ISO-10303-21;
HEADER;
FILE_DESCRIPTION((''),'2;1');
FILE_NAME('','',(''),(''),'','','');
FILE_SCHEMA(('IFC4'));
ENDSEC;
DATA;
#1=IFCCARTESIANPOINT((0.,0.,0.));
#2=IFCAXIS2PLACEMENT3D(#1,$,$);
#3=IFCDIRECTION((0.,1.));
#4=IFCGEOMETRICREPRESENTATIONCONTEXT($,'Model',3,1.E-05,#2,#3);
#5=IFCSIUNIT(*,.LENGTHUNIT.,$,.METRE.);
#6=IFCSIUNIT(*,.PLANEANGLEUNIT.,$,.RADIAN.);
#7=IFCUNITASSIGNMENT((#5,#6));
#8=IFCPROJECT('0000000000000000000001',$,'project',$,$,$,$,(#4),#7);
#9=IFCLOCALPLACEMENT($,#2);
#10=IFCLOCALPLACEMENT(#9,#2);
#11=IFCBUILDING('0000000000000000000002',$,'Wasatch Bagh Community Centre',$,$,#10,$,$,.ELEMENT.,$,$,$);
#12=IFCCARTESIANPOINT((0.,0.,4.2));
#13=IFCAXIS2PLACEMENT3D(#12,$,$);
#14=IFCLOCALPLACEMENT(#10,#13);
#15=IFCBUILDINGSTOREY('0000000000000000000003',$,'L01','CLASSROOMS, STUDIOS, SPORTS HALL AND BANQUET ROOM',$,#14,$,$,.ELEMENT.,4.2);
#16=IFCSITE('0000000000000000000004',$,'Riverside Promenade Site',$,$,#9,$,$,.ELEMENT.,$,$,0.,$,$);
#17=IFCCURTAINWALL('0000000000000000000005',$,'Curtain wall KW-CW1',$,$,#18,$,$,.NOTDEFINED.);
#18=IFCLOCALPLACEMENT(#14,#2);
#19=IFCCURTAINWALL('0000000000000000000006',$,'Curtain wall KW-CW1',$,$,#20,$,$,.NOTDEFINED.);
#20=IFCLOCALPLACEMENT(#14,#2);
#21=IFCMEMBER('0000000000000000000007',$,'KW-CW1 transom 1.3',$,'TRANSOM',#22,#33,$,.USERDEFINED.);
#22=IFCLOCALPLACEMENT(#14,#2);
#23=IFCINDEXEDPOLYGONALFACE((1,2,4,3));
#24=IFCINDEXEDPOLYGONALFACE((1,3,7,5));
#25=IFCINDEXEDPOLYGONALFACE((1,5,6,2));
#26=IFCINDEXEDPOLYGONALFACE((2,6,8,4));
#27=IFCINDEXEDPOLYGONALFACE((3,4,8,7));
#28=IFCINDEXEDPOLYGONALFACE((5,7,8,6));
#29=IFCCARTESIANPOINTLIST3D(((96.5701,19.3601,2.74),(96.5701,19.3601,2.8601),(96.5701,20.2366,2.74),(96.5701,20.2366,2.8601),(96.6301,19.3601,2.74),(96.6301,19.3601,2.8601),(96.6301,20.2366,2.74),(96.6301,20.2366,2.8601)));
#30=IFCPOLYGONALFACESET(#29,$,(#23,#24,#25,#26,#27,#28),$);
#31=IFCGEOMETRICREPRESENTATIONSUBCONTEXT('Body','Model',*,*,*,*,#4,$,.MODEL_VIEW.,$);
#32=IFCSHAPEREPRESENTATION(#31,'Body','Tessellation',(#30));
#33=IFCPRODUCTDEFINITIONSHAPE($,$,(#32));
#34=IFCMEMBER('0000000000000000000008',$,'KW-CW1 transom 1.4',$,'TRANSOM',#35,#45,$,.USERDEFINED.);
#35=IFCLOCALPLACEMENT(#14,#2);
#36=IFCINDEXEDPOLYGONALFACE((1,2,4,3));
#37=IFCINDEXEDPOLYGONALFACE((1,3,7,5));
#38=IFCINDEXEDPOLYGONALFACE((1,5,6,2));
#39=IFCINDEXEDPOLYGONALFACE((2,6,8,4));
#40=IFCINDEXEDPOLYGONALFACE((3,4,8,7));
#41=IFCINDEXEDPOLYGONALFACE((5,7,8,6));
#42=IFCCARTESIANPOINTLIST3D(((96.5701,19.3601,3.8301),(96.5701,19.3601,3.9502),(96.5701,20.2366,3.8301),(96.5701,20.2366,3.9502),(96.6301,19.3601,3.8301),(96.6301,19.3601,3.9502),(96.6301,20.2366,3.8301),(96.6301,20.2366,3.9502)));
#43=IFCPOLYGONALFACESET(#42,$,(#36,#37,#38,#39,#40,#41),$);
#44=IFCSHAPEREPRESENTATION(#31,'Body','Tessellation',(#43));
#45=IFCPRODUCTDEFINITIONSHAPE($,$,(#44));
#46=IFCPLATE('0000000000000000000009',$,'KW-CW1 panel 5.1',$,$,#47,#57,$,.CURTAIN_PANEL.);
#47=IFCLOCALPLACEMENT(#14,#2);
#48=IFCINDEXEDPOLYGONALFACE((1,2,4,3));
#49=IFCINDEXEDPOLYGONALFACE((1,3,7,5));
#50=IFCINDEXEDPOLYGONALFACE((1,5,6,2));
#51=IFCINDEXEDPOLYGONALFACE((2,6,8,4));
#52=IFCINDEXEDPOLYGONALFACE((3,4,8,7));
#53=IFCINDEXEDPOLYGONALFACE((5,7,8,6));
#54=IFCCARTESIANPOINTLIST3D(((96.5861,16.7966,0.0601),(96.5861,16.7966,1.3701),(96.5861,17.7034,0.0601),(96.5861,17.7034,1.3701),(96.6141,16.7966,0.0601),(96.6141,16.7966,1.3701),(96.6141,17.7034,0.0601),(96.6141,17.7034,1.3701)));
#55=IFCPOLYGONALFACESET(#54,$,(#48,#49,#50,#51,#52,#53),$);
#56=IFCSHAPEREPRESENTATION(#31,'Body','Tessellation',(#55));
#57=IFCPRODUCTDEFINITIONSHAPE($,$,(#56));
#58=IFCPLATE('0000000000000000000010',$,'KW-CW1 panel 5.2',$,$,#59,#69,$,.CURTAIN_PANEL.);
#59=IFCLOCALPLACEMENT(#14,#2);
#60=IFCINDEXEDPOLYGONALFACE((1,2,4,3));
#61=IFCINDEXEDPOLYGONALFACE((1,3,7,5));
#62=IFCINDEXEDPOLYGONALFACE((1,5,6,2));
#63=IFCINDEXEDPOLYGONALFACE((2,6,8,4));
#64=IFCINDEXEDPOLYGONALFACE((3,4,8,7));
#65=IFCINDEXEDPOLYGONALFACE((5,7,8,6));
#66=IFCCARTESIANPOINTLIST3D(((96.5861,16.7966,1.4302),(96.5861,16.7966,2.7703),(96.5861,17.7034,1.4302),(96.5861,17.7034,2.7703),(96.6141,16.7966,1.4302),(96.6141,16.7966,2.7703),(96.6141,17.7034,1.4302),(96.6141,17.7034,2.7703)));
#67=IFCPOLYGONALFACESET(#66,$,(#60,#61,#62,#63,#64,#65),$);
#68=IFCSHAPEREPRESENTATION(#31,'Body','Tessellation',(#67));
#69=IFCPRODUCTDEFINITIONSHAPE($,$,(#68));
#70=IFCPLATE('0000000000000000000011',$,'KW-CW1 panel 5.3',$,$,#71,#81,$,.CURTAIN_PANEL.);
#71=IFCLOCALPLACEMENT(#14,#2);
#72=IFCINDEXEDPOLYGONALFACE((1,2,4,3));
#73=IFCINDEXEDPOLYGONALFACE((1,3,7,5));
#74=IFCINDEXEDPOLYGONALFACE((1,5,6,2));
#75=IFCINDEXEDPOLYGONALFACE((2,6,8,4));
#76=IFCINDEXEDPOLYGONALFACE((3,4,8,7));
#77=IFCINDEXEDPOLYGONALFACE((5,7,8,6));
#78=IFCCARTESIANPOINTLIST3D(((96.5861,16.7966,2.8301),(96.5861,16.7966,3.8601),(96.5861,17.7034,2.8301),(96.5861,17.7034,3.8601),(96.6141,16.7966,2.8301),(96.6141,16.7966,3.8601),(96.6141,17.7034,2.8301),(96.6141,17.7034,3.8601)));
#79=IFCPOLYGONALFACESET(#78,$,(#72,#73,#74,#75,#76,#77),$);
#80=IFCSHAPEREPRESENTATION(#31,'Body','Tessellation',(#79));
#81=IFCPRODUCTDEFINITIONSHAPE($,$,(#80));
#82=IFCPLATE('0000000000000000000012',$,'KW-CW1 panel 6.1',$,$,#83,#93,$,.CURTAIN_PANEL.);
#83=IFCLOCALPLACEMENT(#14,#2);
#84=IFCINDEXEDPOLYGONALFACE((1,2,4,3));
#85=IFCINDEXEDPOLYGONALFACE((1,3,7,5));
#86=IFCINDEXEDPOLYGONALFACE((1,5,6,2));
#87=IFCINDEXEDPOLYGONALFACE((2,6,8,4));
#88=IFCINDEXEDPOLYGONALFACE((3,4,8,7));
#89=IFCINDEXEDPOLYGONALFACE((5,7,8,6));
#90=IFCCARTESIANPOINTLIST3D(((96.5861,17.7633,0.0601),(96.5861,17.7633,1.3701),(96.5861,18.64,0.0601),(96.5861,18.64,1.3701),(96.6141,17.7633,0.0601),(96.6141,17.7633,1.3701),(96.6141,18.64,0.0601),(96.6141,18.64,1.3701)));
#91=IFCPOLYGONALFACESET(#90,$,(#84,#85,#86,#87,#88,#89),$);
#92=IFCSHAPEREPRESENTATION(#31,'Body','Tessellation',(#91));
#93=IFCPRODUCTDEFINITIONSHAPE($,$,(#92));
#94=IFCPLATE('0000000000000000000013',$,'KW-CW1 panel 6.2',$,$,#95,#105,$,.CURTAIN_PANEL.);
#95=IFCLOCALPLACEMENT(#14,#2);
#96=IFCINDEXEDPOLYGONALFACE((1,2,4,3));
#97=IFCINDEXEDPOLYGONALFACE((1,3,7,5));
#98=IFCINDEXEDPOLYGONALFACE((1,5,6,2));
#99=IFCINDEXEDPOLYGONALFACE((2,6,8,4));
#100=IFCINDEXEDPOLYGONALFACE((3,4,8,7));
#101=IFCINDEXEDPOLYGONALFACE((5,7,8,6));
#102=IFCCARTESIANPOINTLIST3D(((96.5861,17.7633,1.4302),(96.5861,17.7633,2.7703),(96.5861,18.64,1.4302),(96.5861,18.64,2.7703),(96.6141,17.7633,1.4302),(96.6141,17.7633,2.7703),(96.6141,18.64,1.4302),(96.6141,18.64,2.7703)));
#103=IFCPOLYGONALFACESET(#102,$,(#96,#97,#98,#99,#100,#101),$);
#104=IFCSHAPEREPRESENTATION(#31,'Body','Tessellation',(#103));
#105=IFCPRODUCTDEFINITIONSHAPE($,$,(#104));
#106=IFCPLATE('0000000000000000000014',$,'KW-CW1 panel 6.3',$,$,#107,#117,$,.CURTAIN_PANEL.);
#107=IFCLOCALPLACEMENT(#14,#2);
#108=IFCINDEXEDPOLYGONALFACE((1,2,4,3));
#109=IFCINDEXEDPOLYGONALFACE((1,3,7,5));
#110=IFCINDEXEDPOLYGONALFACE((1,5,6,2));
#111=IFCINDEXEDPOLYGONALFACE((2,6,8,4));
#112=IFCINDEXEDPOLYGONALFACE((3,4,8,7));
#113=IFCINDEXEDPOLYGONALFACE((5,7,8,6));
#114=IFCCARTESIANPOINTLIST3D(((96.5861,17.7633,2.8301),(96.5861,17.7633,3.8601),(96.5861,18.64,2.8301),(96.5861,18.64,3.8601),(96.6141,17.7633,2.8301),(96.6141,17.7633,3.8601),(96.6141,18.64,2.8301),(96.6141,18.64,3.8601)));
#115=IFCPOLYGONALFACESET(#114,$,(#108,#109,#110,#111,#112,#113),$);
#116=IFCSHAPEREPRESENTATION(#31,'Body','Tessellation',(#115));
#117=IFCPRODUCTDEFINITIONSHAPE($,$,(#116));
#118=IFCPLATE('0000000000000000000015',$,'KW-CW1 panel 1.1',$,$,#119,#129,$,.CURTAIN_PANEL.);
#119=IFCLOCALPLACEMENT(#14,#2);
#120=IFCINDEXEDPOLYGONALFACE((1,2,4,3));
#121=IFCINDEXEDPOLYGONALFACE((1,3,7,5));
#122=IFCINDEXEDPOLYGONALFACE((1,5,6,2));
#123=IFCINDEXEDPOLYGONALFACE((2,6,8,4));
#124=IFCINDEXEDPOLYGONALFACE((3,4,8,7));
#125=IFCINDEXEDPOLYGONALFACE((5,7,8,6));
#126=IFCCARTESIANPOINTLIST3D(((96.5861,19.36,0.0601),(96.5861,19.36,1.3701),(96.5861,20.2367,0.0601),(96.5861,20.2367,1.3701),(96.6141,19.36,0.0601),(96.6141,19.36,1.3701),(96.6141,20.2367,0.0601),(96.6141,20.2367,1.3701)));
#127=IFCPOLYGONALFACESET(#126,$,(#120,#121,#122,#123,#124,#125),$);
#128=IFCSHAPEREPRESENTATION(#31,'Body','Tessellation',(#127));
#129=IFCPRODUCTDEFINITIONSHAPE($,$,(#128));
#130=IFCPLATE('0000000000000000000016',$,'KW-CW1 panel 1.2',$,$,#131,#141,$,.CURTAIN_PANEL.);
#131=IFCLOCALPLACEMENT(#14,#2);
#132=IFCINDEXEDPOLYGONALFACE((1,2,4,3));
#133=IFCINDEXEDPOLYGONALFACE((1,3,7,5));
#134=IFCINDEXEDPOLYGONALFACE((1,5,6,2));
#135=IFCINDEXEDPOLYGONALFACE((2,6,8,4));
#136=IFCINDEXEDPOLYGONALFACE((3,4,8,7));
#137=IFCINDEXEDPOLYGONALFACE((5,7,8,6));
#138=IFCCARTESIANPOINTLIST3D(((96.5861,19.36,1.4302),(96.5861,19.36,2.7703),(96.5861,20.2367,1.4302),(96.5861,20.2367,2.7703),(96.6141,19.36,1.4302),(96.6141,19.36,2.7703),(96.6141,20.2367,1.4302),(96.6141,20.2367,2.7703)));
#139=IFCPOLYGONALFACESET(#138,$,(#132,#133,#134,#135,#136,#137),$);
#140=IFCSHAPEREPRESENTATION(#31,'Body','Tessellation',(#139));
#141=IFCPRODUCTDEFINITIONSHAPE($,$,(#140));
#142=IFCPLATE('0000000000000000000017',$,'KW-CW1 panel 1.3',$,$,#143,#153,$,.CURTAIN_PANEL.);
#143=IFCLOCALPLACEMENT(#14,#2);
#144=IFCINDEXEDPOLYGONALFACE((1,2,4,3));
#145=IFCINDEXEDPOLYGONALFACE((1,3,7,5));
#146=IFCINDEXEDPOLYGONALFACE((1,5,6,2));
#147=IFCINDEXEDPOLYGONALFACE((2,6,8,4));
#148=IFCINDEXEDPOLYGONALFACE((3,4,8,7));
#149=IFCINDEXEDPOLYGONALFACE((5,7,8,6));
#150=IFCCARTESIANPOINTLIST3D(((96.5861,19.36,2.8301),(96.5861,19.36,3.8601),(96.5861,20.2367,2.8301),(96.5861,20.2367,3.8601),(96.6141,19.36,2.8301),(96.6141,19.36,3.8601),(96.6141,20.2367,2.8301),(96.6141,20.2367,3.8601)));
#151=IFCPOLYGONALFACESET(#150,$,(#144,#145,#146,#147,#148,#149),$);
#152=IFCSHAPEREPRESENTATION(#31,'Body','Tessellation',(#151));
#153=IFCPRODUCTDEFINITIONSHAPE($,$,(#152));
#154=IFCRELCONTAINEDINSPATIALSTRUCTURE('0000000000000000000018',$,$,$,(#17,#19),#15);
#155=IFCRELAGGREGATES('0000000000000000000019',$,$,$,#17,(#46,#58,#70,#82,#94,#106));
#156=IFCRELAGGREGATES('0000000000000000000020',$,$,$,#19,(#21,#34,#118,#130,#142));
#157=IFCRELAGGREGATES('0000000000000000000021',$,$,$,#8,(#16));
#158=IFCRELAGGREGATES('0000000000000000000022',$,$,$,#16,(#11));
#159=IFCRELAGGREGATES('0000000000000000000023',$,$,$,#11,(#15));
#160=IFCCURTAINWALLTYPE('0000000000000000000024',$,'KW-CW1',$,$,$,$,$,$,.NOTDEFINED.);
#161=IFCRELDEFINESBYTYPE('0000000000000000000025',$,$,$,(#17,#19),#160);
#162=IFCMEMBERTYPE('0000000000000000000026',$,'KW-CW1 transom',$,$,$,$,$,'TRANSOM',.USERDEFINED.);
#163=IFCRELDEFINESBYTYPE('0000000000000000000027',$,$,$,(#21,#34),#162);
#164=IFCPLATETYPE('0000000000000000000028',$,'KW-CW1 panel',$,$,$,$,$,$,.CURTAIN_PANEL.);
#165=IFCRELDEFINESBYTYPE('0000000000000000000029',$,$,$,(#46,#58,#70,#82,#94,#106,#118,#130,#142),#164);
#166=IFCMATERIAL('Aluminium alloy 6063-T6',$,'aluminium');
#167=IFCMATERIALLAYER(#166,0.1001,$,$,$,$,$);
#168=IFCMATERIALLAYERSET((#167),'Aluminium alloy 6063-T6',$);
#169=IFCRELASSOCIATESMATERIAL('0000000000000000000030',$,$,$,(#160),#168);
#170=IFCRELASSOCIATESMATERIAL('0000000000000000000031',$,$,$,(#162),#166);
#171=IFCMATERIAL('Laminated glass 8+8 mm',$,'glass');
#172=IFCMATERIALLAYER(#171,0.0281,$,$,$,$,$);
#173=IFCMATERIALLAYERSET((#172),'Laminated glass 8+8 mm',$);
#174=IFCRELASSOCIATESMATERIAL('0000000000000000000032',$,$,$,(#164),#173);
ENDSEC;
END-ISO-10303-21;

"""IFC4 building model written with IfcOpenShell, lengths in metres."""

from ifc_helpers import new_model, si_unit, direction, frame, origin, origin_2d, place, context, subcontext, project, spatial, rectangle, extrude, material, layer, layer_set, material_profile, profile_set, type_object, element, aggregate, save


model = new_model("IFC4")

# Units and contexts
model_context = context("Model", 3, precision=1e-05, world=origin(), true_north=direction((0.0, 1.0)))
body_context = subcontext(model_context, "Body", "Model", "MODEL_VIEW")
ifc_project = project(units=[si_unit("LENGTHUNIT", "METRE"), si_unit("PLANEANGLEUNIT", "RADIAN")], contexts=[model_context])

# Site, building, storey
site_placement = place(None, origin())
site = spatial("IfcSite", under=ifc_project, at=site_placement, Name="Riverside Promenade Site", CompositionType="ELEMENT", RefElevation=0.0)
building_placement = place(site_placement, origin())
building = spatial("IfcBuilding", under=site, at=building_placement, Name="Wasatch Bagh Community Centre", CompositionType="ELEMENT")
storey_placement = place(building_placement, frame((0.0, 0.0, 4.2)))
storey = spatial("IfcBuildingStorey", under=building, at=storey_placement, Name="L01", Description="CLASSROOMS, STUDIOS, SPORTS HALL AND BANQUET ROOM", CompositionType="ELEMENT", Elevation=4.2)

# Curtain wall
ifc_material_1 = material(Name="Aluminium alloy 6063-T6", Category="aluminium")
ifc_layer_1 = layer(ifc_material_1, 0.1001)
ifc_layer_set_1 = layer_set([ifc_layer_1], Name="Aluminium alloy 6063-T6")
curtain_wall_type = type_object("IfcCurtainWallType", Name="KW-CW1", PredefinedType="NOTDEFINED", material=ifc_layer_set_1)
curtain_wall_1_placement = place(storey_placement, origin())
curtain_wall_1 = element("IfcCurtainWall", 1, at=curtain_wall_1_placement, inside=storey, type_object=curtain_wall_type, Name="Curtain wall KW-CW1", PredefinedType="NOTDEFINED")

# Curtain wall
curtain_wall_2_placement = place(storey_placement, origin())
curtain_wall_2 = element("IfcCurtainWall", 2, at=curtain_wall_2_placement, inside=storey, type_object=curtain_wall_type, Name="Curtain wall KW-CW1", PredefinedType="NOTDEFINED")

# Members
ifc_material_profile_1 = material_profile(ifc_material_1, rectangle(XDim=0.0601, YDim=0.1201, at=origin_2d()), Name="AL 60x120")
ifc_profile_set_1 = profile_set([ifc_material_profile_1], Name="Aluminium alloy 6063-T6")
member_type_1 = type_object("IfcMemberType", Name="KW-CW1 transom", ElementType="TRANSOM", PredefinedType="USERDEFINED", material=ifc_profile_set_1)
member_1_placement = place(storey_placement, frame((96.6001, 19.3601, 2.8), z_axis=(0.0, 1.0, 0.0), x_axis=(-1.0, 0.0, 0.0)))
member_1 = element("IfcMember", 3, at=member_1_placement, type_object=member_type_1, Name="KW-CW1 transom 1.3", ObjectType="TRANSOM", PredefinedType="USERDEFINED", context=body_context, shape_type="SweptSolid", body=[
    extrude(rectangle(XDim=0.0601, YDim=0.1201, at=origin_2d()), origin(), (0.0, 0.0, 1.0), 0.8765),
])
member_2_placement = place(storey_placement, frame((96.6001, 19.3601, 3.8901), z_axis=(0.0, 1.0, 0.0), x_axis=(-1.0, 0.0, 0.0)))
member_2 = element("IfcMember", 4, at=member_2_placement, type_object=member_type_1, Name="KW-CW1 transom 1.4", ObjectType="TRANSOM", PredefinedType="USERDEFINED", context=body_context, shape_type="SweptSolid", body=[
    extrude(rectangle(XDim=0.0601, YDim=0.1201, at=origin_2d()), origin(), (0.0, 0.0, 1.0), 0.8765),
])

# Plates
ifc_material_2 = material(Name="Laminated glass 8+8 mm", Category="glass")
ifc_layer_2 = layer(ifc_material_2, 0.0281)
ifc_layer_set_2 = layer_set([ifc_layer_2], Name="Laminated glass 8+8 mm")
plate_type = type_object("IfcPlateType", Name="KW-CW1 panel", PredefinedType="CURTAIN_PANEL", material=ifc_layer_set_2)
plate_1_placement = place(storey_placement, frame((96.6001, 17.25, 0.0601), z_axis=(0.0, 0.0, 1.0), x_axis=(0.0, 1.0, 0.0)))
plate_1 = element("IfcPlate", 5, at=plate_1_placement, type_object=plate_type, Name="KW-CW1 panel 5.1", PredefinedType="CURTAIN_PANEL", context=body_context, shape_type="SweptSolid", body=[
    extrude(rectangle(XDim=0.9067, YDim=0.0281, at=origin_2d()), origin(), (0.0, 0.0, 1.0), 1.3101),
])
plate_2_placement = place(storey_placement, frame((96.6001, 17.25, 1.4302), z_axis=(0.0, 0.0, 1.0), x_axis=(0.0, 1.0, 0.0)))
plate_2 = element("IfcPlate", 6, at=plate_2_placement, type_object=plate_type, Name="KW-CW1 panel 5.2", PredefinedType="CURTAIN_PANEL", context=body_context, shape_type="SweptSolid", body=[
    extrude(rectangle(XDim=0.9067, YDim=0.0281, at=origin_2d()), origin(), (0.0, 0.0, 1.0), 1.3401),
])
plate_3_placement = place(storey_placement, frame((96.6001, 17.25, 2.8301), z_axis=(0.0, 0.0, 1.0), x_axis=(0.0, 1.0, 0.0)))
plate_3 = element("IfcPlate", 7, at=plate_3_placement, type_object=plate_type, Name="KW-CW1 panel 5.3", PredefinedType="CURTAIN_PANEL", context=body_context, shape_type="SweptSolid", body=[
    extrude(rectangle(XDim=0.9067, YDim=0.0281, at=origin_2d()), origin(), (0.0, 0.0, 1.0), 1.03),
])
plate_4_placement = place(storey_placement, frame((96.6001, 18.2017, 0.0601), z_axis=(0.0, 0.0, 1.0), x_axis=(0.0, 1.0, 0.0)))
plate_4 = element("IfcPlate", 8, at=plate_4_placement, type_object=plate_type, Name="KW-CW1 panel 6.1", PredefinedType="CURTAIN_PANEL", context=body_context, shape_type="SweptSolid", body=[
    extrude(rectangle(XDim=0.8767, YDim=0.0281, at=origin_2d()), origin(), (0.0, 0.0, 1.0), 1.3101),
])
plate_5_placement = place(storey_placement, frame((96.6001, 18.2017, 1.4302), z_axis=(0.0, 0.0, 1.0), x_axis=(0.0, 1.0, 0.0)))
plate_5 = element("IfcPlate", 9, at=plate_5_placement, type_object=plate_type, Name="KW-CW1 panel 6.2", PredefinedType="CURTAIN_PANEL", context=body_context, shape_type="SweptSolid", body=[
    extrude(rectangle(XDim=0.8767, YDim=0.0281, at=origin_2d()), origin(), (0.0, 0.0, 1.0), 1.3401),
])
plate_6_placement = place(storey_placement, frame((96.6001, 18.2017, 2.8301), z_axis=(0.0, 0.0, 1.0), x_axis=(0.0, 1.0, 0.0)))
plate_6 = element("IfcPlate", 10, at=plate_6_placement, type_object=plate_type, Name="KW-CW1 panel 6.3", PredefinedType="CURTAIN_PANEL", context=body_context, shape_type="SweptSolid", body=[
    extrude(rectangle(XDim=0.8767, YDim=0.0281, at=origin_2d()), origin(), (0.0, 0.0, 1.0), 1.03),
])
aggregate(curtain_wall_1, [plate_1, plate_2, plate_3, plate_4, plate_5, plate_6])
plate_7_placement = place(storey_placement, frame((96.6001, 19.7983, 0.0601), z_axis=(0.0, 0.0, 1.0), x_axis=(0.0, 1.0, 0.0)))
plate_7 = element("IfcPlate", 11, at=plate_7_placement, type_object=plate_type, Name="KW-CW1 panel 1.1", PredefinedType="CURTAIN_PANEL", context=body_context, shape_type="SweptSolid", body=[
    extrude(rectangle(XDim=0.8767, YDim=0.0281, at=origin_2d()), origin(), (0.0, 0.0, 1.0), 1.3101),
])
plate_8_placement = place(storey_placement, frame((96.6001, 19.7983, 1.4302), z_axis=(0.0, 0.0, 1.0), x_axis=(0.0, 1.0, 0.0)))
plate_8 = element("IfcPlate", 12, at=plate_8_placement, type_object=plate_type, Name="KW-CW1 panel 1.2", PredefinedType="CURTAIN_PANEL", context=body_context, shape_type="SweptSolid", body=[
    extrude(rectangle(XDim=0.8767, YDim=0.0281, at=origin_2d()), origin(), (0.0, 0.0, 1.0), 1.3401),
])
plate_9_placement = place(storey_placement, frame((96.6001, 19.7983, 2.8301), z_axis=(0.0, 0.0, 1.0), x_axis=(0.0, 1.0, 0.0)))
plate_9 = element("IfcPlate", 13, at=plate_9_placement, type_object=plate_type, Name="KW-CW1 panel 1.3", PredefinedType="CURTAIN_PANEL", context=body_context, shape_type="SweptSolid", body=[
    extrude(rectangle(XDim=0.8767, YDim=0.0281, at=origin_2d()), origin(), (0.0, 0.0, 1.0), 1.03),
])
aggregate(curtain_wall_2, [member_1, member_2, plate_7, plate_8, plate_9])

save(model, "model.ifc")
